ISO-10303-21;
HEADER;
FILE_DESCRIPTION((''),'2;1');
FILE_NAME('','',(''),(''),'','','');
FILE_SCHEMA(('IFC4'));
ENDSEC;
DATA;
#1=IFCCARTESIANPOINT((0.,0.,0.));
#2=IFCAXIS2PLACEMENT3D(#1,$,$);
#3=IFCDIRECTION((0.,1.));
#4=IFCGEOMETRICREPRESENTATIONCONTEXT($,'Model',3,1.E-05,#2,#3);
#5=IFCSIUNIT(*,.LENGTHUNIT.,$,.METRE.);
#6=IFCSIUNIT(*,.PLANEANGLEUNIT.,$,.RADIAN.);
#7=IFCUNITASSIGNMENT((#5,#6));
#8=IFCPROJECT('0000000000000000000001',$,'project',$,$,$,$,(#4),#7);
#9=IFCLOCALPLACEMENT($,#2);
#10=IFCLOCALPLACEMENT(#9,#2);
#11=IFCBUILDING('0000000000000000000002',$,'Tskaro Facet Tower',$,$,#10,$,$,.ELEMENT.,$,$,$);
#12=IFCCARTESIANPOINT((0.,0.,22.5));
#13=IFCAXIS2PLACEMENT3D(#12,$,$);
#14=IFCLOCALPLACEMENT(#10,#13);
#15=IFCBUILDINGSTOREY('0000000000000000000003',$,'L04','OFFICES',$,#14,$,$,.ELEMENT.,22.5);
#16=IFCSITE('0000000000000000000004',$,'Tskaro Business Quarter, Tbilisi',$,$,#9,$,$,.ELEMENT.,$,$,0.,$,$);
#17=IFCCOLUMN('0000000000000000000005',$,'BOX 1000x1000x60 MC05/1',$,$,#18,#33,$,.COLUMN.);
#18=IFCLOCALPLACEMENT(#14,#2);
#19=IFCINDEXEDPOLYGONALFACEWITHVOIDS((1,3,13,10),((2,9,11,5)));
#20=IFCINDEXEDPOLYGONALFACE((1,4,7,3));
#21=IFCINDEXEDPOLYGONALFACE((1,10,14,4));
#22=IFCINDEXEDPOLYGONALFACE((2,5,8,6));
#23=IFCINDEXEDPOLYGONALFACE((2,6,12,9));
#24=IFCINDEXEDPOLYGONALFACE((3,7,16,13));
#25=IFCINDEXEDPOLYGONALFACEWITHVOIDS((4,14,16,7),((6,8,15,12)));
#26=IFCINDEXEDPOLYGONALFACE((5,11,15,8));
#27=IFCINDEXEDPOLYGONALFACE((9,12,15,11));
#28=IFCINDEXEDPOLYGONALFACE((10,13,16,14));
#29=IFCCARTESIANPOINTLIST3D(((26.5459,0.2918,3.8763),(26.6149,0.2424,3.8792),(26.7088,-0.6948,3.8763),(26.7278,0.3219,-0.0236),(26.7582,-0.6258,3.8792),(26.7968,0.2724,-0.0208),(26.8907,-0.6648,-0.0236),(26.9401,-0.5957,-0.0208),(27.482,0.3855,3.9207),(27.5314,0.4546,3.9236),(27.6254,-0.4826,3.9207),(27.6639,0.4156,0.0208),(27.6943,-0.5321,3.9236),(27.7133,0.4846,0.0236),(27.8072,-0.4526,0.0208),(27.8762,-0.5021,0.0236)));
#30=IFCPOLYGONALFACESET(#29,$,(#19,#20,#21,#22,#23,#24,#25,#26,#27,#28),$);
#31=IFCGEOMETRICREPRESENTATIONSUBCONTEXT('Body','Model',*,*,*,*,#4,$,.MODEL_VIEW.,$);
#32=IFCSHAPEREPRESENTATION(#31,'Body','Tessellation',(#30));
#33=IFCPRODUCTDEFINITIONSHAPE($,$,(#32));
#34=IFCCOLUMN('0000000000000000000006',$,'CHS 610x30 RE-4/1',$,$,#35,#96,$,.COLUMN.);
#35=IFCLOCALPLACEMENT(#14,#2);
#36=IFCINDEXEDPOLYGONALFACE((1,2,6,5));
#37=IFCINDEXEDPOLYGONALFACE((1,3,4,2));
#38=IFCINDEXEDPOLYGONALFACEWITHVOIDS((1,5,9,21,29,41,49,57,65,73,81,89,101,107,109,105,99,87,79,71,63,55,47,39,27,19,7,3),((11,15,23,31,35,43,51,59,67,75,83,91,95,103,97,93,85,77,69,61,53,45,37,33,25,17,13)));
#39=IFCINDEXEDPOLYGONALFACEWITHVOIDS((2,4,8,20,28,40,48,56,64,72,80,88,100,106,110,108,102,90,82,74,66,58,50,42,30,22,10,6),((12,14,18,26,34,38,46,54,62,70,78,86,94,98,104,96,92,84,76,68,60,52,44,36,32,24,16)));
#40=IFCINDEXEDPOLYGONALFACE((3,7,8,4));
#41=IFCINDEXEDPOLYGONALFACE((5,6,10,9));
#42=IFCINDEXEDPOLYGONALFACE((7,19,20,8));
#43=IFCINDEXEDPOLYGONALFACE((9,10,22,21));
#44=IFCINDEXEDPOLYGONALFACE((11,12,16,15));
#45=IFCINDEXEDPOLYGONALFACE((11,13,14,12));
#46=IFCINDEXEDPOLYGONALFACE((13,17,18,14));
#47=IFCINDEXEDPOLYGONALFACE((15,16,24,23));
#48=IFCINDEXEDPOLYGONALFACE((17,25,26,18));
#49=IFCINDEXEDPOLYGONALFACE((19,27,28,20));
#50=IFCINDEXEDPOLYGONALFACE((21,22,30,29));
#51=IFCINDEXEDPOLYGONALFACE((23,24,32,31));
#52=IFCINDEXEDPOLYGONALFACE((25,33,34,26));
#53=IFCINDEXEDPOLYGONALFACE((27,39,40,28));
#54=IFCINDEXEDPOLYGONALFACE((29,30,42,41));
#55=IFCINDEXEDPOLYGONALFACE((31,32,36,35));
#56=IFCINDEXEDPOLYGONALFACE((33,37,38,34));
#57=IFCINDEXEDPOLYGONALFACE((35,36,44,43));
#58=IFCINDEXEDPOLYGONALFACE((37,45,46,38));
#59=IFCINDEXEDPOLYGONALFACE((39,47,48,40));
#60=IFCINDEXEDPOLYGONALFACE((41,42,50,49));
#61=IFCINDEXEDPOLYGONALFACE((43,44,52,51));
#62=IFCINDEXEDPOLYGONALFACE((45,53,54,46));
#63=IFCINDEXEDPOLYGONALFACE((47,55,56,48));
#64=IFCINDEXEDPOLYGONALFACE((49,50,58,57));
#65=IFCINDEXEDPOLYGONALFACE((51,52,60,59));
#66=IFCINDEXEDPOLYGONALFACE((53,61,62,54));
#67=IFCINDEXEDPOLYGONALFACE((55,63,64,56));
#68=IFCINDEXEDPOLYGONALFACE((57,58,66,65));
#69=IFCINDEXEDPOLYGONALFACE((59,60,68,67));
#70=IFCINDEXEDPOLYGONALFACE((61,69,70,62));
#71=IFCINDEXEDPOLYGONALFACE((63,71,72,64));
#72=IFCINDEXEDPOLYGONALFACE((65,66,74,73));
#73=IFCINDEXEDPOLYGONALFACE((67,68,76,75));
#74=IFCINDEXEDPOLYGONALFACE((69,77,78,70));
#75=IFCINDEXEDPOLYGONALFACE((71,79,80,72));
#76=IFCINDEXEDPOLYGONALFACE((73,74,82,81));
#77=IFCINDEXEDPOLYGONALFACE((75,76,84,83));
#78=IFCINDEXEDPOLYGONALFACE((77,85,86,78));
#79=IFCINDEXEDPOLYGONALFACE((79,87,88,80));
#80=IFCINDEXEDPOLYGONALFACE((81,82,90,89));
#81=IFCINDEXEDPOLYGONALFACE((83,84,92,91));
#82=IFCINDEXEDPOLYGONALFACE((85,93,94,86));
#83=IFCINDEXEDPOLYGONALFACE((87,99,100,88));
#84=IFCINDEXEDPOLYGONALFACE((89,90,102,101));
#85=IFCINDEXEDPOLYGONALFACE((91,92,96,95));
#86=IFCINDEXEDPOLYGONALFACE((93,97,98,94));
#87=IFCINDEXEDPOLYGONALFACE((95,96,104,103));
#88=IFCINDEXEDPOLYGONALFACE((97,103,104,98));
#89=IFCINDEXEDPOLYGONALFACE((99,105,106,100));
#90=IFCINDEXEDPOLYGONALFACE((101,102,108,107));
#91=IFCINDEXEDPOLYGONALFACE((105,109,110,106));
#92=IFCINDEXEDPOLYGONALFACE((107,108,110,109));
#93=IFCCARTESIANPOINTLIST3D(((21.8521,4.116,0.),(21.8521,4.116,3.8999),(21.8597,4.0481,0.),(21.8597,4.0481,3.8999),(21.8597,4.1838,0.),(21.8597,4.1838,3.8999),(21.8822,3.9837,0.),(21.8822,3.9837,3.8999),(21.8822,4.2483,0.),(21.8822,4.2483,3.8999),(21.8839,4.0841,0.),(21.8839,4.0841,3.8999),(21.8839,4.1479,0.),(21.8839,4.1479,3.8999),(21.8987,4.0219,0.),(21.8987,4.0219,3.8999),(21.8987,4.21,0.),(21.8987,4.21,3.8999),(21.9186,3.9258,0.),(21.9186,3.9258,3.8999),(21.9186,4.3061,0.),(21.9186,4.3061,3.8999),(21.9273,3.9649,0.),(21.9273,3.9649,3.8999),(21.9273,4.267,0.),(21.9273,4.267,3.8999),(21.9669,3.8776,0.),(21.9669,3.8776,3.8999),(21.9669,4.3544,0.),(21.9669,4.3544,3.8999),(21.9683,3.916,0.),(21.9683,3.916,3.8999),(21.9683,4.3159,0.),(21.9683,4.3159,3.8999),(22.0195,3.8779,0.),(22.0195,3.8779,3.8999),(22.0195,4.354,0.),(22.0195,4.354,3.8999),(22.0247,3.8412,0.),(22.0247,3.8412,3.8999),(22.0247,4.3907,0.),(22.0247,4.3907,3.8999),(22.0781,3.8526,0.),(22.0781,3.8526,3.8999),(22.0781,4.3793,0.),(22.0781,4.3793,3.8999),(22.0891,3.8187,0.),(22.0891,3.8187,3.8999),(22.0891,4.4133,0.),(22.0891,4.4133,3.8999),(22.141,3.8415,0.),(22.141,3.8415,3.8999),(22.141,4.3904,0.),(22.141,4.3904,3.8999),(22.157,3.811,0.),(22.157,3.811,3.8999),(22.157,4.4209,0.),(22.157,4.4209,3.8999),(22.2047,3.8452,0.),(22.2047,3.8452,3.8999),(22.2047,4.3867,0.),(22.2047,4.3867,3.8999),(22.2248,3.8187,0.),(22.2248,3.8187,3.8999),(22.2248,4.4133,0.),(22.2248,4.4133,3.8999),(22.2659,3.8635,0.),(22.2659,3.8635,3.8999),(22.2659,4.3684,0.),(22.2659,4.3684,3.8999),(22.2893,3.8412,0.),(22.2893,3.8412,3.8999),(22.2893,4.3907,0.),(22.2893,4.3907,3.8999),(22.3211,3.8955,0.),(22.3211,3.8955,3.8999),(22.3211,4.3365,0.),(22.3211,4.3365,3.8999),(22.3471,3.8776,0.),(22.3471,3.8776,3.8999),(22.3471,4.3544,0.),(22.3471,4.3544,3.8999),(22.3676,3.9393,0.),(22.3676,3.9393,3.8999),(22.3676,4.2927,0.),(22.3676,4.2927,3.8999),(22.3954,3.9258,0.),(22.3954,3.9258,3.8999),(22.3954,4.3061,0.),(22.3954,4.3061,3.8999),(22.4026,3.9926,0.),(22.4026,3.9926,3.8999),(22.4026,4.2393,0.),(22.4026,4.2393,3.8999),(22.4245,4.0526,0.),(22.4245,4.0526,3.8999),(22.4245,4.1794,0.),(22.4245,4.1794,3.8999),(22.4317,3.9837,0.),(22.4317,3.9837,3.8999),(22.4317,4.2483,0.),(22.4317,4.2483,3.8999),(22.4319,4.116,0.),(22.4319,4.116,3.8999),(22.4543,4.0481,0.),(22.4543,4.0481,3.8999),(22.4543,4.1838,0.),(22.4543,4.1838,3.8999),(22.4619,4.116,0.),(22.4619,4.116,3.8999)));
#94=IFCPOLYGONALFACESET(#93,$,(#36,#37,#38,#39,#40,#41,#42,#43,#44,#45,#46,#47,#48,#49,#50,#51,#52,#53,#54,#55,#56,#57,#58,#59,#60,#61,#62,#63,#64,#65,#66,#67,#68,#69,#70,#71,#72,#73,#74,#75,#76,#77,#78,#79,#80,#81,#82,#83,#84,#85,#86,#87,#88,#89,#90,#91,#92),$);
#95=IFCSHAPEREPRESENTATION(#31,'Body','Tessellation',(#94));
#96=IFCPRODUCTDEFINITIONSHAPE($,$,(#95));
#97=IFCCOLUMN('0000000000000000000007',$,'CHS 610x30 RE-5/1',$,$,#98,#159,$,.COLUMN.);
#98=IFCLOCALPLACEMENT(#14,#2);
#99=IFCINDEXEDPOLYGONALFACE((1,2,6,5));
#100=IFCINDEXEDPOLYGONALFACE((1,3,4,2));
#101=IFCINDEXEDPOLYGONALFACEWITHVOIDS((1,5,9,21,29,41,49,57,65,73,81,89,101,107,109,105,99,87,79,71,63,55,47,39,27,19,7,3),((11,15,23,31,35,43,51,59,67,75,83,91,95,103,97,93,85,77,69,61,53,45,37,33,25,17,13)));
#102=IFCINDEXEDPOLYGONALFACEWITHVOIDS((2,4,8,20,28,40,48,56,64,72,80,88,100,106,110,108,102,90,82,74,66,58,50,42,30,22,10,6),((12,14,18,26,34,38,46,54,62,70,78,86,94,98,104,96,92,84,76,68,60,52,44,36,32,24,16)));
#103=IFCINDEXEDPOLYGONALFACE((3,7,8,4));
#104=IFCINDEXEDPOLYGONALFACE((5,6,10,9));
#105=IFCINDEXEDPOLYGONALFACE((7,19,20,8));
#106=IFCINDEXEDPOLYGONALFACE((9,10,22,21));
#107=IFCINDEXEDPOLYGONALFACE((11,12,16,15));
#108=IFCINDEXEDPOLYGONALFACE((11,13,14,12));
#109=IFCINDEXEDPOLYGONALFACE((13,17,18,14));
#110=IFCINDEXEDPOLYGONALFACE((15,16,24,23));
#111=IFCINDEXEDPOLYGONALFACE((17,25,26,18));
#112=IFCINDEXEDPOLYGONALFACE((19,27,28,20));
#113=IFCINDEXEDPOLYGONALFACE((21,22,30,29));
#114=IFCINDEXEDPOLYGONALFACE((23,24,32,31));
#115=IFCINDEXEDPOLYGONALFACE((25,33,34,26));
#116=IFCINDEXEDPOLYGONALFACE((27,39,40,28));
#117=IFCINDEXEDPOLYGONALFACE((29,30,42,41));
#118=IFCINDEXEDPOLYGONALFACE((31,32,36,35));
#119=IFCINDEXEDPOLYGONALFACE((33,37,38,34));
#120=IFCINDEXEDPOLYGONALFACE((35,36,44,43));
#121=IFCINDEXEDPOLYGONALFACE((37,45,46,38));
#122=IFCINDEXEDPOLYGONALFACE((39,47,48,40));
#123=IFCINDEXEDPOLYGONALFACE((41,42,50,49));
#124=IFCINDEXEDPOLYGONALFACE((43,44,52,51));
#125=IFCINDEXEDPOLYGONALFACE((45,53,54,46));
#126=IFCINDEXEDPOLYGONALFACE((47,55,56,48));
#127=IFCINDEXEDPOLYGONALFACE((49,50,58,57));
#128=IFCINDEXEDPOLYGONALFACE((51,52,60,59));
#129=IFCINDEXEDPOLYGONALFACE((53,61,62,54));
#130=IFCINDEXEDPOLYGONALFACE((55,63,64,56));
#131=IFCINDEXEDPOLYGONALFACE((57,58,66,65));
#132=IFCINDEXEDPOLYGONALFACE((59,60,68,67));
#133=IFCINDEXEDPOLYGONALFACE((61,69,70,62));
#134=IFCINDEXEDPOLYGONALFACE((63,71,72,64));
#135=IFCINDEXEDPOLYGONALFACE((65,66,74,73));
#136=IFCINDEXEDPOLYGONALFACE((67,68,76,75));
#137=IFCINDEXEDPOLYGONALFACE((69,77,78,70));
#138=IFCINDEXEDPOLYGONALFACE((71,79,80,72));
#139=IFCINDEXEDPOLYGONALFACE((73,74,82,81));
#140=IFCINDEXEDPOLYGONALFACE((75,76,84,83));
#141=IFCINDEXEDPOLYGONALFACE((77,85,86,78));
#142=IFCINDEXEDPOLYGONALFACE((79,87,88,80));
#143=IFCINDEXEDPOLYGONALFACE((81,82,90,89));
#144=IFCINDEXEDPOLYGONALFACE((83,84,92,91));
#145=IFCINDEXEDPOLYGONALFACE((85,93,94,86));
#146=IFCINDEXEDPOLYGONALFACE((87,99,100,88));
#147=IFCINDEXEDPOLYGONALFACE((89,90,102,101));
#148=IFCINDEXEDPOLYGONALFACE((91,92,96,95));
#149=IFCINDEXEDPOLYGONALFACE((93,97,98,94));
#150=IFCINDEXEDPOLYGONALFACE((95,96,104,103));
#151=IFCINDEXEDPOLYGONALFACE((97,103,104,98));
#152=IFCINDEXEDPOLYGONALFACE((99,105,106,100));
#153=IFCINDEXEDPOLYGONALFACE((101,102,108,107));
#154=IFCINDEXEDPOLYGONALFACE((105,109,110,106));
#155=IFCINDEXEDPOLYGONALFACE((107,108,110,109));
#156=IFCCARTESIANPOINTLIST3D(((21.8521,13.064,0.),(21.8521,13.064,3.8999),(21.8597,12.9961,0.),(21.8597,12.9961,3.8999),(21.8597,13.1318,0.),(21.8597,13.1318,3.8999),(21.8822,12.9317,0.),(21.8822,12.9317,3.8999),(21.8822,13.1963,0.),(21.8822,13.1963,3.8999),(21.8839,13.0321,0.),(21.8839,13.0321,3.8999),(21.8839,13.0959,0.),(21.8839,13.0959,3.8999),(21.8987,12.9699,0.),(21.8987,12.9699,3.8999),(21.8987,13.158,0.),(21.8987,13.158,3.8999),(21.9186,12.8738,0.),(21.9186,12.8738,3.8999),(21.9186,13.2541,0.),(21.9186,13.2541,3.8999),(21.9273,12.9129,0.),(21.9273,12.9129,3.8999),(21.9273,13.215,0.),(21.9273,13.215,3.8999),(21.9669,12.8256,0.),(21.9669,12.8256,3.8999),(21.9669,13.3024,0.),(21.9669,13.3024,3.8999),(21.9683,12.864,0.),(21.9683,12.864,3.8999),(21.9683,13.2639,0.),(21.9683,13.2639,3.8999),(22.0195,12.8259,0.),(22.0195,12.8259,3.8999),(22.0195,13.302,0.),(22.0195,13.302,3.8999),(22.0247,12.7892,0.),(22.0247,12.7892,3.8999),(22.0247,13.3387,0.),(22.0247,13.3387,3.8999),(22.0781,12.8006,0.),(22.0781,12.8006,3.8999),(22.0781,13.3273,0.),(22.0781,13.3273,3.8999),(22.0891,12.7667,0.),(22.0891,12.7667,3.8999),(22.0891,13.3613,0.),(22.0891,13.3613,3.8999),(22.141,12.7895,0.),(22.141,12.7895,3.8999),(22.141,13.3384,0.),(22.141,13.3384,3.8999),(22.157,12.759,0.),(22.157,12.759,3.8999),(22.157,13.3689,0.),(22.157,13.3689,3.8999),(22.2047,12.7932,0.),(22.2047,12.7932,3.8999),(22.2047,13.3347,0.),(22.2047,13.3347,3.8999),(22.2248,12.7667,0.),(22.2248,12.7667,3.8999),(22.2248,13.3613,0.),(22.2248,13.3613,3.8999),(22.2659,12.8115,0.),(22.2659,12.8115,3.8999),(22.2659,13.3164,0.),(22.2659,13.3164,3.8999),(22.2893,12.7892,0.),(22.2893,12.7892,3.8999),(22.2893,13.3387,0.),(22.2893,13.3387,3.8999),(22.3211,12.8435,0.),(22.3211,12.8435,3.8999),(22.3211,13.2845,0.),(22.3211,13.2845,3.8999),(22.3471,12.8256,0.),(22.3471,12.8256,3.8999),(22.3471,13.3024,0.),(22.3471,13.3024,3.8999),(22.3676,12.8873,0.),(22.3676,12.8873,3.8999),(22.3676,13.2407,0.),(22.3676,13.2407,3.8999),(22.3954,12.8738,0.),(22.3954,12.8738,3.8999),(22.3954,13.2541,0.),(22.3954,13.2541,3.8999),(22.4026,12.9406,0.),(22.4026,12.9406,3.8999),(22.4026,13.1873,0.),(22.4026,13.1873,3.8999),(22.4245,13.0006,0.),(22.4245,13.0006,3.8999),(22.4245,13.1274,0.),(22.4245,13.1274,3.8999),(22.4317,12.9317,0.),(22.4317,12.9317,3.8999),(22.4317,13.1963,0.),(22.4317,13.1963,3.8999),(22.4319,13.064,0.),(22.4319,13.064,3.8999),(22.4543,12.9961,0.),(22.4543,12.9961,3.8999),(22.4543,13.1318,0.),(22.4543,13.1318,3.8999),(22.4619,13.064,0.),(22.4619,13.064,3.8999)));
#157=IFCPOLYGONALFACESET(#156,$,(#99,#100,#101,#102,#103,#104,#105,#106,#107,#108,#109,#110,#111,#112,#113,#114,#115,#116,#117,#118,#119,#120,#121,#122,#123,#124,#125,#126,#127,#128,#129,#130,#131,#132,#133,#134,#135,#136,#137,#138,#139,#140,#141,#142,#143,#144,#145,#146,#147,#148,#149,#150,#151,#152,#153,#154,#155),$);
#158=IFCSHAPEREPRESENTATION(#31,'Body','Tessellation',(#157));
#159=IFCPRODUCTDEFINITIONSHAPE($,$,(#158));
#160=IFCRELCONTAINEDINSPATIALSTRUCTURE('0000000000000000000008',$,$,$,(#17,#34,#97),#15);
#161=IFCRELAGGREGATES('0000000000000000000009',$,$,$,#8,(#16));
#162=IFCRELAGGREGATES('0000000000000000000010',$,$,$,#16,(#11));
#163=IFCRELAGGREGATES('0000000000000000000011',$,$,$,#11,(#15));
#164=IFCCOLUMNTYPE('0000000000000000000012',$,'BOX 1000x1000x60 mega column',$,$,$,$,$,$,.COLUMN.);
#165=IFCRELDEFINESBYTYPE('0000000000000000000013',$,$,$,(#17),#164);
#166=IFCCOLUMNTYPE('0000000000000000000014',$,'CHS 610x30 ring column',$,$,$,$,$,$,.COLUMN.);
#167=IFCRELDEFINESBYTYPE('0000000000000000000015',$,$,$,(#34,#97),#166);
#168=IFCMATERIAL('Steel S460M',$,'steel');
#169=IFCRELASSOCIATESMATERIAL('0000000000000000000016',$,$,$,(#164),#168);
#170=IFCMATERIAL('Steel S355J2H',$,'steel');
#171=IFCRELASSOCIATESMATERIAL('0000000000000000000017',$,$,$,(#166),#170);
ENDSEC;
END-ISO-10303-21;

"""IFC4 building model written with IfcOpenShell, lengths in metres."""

from ifc_helpers import new_model, si_unit, direction, frame, origin, origin_2d, place, context, subcontext, project, spatial, hollow_rectangle, hollow_circle, extrude, material, material_profile, profile_set, type_object, element, save


model = new_model("IFC4")

# Units and contexts
model_context = context("Model", 3, precision=1e-05, world=origin(), true_north=direction((0.0, 1.0)))
body_context = subcontext(model_context, "Body", "Model", "MODEL_VIEW")
ifc_project = project(units=[si_unit("LENGTHUNIT", "METRE"), si_unit("PLANEANGLEUNIT", "RADIAN")], contexts=[model_context])

# Site, building, storey
site_placement = place(None, origin())
site = spatial("IfcSite", under=ifc_project, at=site_placement, Name="Tskaro Business Quarter, Tbilisi", CompositionType="ELEMENT", RefElevation=0.0)
building_placement = place(site_placement, origin())
building = spatial("IfcBuilding", under=site, at=building_placement, Name="Tskaro Facet Tower", CompositionType="ELEMENT")
storey_placement = place(building_placement, frame((0.0, 0.0, 22.5)))
storey = spatial("IfcBuildingStorey", under=building, at=storey_placement, Name="L04", Description="OFFICES", CompositionType="ELEMENT", Elevation=22.5)

# Columns
ifc_material_1 = material(Name="Steel S460M", Category="steel")
ifc_material_profile_1 = material_profile(ifc_material_1, hollow_rectangle(XDim=1.0, YDim=1.0, WallThickness=0.0601, at=origin_2d()), Name="BOX 1000x1000x60")
ifc_profile_set_1 = profile_set([ifc_material_profile_1], Name="Steel S460M")
column_type_1 = type_object("IfcColumnType", Name="BOX 1000x1000x60 mega column", PredefinedType="COLUMN", material=ifc_profile_set_1)
column_placement = place(storey_placement, frame((27.302, -0.0901, 0.0), z_axis=(-0.046586, -0.007691, 0.998885), x_axis=(0.162895, -0.986643, 0.0)))
element("IfcColumn", 1, at=column_placement, inside=storey, type_object=column_type_1, Name="BOX 1000x1000x60 MC05/1", PredefinedType="COLUMN", context=body_context, shape_type="SweptSolid", body=[
    extrude(hollow_rectangle(XDim=1.0, YDim=1.0, WallThickness=0.0601, at=origin_2d()), origin(), (0.0, 0.0, 1.0), 3.9043),
])
ifc_material_2 = material(Name="Steel S355J2H", Category="steel")
ifc_material_profile_2 = material_profile(ifc_material_2, hollow_circle(Radius=0.3049, WallThickness=0.03, at=origin_2d()), Name="CHS 610x30")
ifc_profile_set_2 = profile_set([ifc_material_profile_2], Name="Steel S355J2H")
column_type_2 = type_object("IfcColumnType", Name="CHS 610x30 ring column", PredefinedType="COLUMN", material=ifc_profile_set_2)
for number, where, z_axis, x_axis, name in (
    (2, (22.157, 4.116, 0.0), (0.0, 0.0, 1.0), (1.0, 0.0, 0.0), "CHS 610x30 RE-4/1"),
    (3, (22.157, 13.064, 0.0), (0.0, 0.0, 1.0), (1.0, 0.0, 0.0), "CHS 610x30 RE-5/1"),
):
    element("IfcColumn", number, at=place(storey_placement, frame(where, z_axis=z_axis, x_axis=x_axis)), inside=storey, type_object=column_type_2, Name=name, PredefinedType="COLUMN", context=body_context, shape_type="SweptSolid", body=[
        extrude(hollow_circle(Radius=0.3049, WallThickness=0.03, at=origin_2d()), origin(), (0.0, 0.0, 1.0), 3.8999),
    ])

save(model, "model.ifc")
